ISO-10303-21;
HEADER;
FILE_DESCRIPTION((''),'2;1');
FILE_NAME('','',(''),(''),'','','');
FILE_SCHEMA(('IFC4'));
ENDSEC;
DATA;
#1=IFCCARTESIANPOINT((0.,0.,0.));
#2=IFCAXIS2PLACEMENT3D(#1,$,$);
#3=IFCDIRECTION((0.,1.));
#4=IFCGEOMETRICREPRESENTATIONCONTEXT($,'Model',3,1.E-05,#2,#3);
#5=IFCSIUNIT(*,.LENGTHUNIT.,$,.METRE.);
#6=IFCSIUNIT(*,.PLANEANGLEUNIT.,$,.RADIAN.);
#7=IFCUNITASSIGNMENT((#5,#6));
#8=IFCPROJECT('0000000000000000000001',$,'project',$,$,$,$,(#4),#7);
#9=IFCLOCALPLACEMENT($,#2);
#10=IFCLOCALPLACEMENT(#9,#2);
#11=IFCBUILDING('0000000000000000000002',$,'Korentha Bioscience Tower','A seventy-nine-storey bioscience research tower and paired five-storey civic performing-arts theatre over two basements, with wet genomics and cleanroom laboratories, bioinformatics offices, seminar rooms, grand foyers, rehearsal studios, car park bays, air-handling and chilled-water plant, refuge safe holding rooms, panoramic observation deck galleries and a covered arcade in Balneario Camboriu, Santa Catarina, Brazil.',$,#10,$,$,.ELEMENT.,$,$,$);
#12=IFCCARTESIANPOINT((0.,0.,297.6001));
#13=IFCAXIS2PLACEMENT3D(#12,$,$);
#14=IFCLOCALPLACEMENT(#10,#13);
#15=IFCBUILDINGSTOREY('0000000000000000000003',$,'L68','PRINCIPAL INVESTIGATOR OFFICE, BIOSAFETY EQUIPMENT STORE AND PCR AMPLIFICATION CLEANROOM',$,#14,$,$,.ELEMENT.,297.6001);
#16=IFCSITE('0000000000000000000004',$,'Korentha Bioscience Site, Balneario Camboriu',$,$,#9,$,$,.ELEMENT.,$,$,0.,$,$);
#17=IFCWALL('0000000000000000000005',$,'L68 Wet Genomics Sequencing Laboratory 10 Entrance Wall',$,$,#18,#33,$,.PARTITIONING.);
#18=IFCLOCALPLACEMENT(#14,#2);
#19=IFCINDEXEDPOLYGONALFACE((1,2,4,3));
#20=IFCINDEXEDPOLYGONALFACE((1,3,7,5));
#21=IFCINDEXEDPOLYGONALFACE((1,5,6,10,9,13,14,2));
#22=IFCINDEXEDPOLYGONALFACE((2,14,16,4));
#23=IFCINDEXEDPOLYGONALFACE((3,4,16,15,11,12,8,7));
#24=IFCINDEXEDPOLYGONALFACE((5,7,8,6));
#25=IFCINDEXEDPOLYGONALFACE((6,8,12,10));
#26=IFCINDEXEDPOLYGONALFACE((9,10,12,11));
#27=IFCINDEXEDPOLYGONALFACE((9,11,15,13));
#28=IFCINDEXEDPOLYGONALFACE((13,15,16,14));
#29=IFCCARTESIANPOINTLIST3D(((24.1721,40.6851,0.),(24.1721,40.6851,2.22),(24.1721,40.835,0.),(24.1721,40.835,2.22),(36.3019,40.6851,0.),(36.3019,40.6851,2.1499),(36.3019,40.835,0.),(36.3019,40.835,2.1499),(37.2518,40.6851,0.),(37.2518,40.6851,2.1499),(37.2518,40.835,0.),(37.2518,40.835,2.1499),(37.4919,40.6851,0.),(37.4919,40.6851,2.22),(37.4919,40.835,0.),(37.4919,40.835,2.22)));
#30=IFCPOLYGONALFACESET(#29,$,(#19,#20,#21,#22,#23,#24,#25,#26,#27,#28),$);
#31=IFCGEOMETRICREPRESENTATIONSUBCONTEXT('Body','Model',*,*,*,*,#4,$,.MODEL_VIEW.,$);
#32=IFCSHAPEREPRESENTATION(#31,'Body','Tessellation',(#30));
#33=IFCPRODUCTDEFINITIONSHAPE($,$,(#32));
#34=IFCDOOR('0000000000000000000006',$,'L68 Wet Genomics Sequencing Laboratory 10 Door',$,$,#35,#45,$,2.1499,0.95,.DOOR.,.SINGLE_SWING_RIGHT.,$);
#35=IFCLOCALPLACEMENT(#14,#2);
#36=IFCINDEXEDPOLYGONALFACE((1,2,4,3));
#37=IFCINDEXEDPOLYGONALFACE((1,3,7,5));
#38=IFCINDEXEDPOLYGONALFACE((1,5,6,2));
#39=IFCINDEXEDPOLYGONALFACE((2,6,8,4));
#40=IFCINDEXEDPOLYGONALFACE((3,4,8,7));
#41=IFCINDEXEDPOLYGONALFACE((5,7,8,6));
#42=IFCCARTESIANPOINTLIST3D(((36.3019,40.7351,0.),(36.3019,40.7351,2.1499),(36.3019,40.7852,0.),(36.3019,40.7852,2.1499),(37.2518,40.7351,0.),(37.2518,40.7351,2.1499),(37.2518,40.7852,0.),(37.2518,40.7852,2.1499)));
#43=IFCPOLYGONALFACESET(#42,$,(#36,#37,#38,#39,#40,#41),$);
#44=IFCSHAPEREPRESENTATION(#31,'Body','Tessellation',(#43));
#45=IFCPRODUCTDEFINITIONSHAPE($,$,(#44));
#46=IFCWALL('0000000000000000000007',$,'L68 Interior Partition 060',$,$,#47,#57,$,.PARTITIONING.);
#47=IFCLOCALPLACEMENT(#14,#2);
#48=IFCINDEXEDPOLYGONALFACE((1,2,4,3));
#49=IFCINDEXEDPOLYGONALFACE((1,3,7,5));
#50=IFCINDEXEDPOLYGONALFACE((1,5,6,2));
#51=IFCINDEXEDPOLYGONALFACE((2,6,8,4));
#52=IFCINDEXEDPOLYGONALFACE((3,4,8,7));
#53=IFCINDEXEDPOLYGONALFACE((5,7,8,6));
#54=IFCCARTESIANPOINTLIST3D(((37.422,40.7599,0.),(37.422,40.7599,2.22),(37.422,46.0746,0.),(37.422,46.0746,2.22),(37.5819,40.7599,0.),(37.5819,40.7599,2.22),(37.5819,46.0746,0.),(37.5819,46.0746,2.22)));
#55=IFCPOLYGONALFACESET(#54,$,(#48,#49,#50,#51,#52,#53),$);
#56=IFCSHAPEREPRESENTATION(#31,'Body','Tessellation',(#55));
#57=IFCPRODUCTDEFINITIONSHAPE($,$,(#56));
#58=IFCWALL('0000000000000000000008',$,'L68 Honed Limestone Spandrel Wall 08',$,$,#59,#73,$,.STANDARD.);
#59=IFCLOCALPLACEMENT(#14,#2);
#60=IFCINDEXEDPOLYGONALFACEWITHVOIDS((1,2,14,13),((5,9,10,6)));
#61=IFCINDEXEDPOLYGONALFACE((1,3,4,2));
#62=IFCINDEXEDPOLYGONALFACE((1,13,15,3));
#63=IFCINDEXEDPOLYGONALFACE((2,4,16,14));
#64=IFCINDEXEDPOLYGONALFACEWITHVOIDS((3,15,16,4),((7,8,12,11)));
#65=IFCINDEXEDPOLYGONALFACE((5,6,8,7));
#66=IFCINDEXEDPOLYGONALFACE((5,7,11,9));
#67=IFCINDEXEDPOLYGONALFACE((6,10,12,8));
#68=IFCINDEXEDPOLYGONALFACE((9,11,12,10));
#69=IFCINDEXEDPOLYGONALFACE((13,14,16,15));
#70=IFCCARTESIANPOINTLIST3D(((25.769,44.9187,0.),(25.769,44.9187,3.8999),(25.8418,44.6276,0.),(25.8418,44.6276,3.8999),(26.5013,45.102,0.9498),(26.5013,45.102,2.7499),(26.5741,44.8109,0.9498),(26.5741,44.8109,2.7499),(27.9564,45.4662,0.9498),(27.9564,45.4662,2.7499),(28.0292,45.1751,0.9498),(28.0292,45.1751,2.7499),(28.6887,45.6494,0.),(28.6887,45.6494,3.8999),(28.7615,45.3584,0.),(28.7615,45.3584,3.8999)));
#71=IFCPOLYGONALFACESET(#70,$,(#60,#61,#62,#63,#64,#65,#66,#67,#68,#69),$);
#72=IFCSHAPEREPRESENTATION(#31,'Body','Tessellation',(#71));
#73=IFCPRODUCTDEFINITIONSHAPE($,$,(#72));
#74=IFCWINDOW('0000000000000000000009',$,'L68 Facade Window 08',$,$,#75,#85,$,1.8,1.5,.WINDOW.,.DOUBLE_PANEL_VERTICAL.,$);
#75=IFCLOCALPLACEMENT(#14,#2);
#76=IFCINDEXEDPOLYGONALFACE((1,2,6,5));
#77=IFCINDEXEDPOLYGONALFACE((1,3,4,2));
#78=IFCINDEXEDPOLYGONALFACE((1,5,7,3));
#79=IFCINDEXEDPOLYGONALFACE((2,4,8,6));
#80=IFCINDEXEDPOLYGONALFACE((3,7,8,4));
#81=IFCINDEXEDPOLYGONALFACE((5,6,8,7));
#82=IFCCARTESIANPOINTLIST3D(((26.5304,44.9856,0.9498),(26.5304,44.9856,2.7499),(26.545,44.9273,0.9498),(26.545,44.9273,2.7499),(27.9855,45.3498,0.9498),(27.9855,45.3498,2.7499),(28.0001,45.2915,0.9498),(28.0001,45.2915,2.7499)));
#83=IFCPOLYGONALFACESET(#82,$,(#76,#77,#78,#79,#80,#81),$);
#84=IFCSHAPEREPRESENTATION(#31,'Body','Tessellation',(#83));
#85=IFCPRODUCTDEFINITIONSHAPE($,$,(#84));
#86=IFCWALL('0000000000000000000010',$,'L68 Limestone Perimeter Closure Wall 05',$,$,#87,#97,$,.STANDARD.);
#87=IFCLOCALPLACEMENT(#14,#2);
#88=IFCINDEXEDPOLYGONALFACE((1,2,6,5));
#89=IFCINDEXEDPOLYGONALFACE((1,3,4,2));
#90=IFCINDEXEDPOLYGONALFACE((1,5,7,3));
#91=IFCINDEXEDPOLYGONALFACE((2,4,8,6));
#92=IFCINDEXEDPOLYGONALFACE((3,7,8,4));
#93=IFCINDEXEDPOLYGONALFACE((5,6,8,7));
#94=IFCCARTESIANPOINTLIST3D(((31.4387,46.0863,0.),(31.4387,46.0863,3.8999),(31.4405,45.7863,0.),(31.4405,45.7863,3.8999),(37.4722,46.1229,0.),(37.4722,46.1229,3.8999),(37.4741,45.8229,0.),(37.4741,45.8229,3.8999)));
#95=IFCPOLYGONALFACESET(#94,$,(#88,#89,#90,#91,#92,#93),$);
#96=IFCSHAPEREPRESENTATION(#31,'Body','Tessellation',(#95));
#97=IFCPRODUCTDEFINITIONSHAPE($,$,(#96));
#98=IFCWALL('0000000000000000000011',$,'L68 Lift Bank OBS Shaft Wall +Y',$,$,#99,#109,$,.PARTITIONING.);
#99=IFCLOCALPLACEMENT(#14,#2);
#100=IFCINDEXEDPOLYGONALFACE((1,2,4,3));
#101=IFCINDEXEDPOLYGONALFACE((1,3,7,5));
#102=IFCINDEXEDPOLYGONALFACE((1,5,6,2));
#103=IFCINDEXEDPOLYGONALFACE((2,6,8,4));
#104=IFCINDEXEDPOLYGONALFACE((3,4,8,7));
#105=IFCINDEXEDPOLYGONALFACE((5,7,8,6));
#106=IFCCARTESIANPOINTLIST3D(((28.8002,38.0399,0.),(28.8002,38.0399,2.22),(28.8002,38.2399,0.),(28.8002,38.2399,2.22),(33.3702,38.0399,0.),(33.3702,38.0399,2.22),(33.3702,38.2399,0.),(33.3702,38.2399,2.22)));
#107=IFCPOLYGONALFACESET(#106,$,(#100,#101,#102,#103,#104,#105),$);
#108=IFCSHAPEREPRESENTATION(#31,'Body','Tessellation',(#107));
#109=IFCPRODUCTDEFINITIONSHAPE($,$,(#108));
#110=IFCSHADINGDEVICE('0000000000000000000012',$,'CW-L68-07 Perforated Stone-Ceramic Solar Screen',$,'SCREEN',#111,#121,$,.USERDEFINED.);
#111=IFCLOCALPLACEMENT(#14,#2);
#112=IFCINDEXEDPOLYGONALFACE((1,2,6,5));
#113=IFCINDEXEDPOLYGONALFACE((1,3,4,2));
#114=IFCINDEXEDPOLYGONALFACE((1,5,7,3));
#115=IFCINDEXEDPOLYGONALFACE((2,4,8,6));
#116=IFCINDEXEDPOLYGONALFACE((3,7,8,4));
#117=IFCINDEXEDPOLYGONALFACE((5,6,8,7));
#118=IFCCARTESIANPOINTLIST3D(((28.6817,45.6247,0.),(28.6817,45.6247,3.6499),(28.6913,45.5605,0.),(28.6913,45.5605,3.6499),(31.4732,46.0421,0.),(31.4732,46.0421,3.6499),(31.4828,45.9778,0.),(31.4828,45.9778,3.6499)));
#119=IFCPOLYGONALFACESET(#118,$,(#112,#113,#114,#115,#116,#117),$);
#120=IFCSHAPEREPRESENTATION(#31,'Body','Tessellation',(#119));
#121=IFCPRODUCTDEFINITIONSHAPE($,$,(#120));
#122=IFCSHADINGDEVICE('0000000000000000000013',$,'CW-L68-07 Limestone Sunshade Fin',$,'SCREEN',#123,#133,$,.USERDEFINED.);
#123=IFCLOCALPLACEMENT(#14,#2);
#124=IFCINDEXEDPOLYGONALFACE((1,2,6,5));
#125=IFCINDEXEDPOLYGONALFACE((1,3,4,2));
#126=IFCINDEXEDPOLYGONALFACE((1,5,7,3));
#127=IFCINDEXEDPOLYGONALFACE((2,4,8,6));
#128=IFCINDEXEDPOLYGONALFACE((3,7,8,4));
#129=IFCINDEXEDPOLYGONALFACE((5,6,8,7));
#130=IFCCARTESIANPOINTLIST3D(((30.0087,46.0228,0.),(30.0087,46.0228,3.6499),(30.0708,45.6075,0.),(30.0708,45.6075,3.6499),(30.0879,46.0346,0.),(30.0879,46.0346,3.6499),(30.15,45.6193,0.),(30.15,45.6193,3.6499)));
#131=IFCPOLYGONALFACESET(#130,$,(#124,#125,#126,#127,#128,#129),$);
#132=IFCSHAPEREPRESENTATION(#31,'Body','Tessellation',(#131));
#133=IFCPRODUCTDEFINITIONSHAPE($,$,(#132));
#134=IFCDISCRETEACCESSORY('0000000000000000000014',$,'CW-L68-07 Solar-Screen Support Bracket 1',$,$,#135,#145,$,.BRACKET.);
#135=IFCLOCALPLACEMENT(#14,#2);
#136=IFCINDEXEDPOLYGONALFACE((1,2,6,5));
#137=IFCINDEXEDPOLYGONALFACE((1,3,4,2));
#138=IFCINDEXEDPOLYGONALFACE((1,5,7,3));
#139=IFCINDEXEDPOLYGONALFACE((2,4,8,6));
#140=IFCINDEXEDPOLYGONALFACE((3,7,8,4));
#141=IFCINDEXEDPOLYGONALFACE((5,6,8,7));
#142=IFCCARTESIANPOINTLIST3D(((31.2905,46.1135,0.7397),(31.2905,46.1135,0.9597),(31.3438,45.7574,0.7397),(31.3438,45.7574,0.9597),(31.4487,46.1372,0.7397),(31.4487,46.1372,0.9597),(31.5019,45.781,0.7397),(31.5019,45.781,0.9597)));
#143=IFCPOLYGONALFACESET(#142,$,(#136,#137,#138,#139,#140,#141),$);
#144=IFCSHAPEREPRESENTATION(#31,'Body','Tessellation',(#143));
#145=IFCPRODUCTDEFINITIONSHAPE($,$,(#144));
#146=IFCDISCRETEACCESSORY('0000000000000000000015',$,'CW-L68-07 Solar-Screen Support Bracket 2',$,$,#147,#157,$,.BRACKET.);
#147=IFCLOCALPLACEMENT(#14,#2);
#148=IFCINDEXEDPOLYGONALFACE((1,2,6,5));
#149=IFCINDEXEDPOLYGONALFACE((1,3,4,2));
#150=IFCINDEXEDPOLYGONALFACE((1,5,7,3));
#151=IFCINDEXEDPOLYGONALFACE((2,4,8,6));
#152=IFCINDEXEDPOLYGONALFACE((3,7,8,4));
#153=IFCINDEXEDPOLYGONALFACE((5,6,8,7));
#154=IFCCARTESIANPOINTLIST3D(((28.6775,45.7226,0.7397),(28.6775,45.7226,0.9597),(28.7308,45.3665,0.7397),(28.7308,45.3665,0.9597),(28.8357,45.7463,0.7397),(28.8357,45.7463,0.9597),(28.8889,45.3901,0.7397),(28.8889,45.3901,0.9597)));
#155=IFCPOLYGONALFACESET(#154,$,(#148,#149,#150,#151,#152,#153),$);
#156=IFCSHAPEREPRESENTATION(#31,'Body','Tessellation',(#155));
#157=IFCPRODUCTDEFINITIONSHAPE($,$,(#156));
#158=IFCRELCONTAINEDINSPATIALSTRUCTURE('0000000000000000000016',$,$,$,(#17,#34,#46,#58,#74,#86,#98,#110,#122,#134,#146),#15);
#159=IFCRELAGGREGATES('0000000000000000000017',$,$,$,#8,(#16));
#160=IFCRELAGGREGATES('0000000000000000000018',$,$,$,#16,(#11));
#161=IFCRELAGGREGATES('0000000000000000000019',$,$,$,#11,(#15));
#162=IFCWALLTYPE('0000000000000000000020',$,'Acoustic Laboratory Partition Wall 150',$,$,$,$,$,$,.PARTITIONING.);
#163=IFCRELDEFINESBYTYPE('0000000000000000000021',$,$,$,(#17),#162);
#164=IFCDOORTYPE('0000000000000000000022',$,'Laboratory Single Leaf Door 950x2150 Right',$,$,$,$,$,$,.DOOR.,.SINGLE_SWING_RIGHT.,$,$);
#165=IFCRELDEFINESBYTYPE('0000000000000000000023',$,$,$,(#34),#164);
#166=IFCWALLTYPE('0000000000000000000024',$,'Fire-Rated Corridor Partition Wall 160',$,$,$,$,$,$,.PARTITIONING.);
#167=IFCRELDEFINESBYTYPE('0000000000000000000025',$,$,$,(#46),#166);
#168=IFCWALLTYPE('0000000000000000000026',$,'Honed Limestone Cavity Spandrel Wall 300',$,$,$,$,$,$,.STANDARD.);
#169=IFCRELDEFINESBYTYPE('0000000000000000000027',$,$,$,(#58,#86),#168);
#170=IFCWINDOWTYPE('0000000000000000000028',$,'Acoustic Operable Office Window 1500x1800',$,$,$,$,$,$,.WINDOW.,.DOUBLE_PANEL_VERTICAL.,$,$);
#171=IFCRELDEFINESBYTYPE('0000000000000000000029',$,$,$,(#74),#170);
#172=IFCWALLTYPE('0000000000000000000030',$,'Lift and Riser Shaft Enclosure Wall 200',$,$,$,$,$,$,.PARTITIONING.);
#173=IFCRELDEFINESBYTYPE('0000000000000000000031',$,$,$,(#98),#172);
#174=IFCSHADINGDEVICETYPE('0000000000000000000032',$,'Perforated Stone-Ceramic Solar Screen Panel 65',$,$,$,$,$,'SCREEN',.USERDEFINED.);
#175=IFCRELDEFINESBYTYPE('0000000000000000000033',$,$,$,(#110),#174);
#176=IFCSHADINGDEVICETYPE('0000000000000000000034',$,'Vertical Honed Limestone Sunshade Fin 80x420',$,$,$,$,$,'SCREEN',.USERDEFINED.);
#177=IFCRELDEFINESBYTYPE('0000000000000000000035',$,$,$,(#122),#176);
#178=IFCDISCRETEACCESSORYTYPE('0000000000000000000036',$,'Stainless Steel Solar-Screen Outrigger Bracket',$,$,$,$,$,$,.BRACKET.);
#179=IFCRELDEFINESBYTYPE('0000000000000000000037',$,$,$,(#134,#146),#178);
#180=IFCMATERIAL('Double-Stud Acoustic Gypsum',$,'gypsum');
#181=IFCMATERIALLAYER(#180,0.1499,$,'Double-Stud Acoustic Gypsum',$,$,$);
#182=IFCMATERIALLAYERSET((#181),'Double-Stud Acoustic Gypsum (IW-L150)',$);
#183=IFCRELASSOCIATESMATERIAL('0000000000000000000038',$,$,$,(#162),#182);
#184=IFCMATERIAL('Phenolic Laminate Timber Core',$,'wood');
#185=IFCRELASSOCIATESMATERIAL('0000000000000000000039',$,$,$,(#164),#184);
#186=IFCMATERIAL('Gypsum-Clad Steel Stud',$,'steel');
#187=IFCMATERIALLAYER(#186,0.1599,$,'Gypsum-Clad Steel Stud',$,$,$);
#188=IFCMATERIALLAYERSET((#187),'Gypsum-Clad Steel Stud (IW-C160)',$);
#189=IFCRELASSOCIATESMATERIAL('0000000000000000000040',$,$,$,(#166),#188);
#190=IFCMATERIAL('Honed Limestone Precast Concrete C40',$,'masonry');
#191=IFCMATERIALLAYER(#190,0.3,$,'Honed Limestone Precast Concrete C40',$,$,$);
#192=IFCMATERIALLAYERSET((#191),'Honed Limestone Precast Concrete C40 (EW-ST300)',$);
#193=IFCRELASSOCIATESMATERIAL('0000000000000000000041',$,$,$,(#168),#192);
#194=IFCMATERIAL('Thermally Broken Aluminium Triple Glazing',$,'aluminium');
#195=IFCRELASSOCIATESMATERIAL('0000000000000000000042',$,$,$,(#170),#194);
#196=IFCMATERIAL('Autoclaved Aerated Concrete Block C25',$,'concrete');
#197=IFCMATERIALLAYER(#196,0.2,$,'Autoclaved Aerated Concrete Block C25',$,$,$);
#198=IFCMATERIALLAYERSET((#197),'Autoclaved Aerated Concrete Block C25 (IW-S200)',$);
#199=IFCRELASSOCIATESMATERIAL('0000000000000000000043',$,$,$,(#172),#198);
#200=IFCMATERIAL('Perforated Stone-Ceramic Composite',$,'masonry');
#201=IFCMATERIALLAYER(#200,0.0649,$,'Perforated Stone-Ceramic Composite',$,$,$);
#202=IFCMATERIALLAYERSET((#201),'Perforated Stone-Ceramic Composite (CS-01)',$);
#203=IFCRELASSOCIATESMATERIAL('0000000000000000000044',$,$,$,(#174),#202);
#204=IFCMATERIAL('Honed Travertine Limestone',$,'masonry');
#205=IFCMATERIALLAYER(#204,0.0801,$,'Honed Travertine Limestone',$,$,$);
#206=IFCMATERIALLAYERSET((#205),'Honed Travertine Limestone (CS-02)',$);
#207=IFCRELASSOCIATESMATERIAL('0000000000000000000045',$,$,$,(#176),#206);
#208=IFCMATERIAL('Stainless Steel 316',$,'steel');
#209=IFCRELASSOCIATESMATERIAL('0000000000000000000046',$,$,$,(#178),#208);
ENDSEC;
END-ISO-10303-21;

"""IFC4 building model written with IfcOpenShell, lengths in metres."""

from ifc_helpers import new_model, si_unit, direction, frame, frame_2d, origin, origin_2d, place, context, subcontext, project, spatial, rectangle, extrude, material, layer, layer_set, type_object, element, fill, save


model = new_model("IFC4")

# Units and contexts
model_context = context("Model", 3, precision=1e-05, world=origin(), true_north=direction((0.0, 1.0)))
body_context = subcontext(model_context, "Body", "Model", "MODEL_VIEW")
ifc_project = project(units=[si_unit("LENGTHUNIT", "METRE"), si_unit("PLANEANGLEUNIT", "RADIAN")], contexts=[model_context])

# Site, building, storey
site_placement = place(None, origin())
site = spatial("IfcSite", under=ifc_project, at=site_placement, Name="Korentha Bioscience Site, Balneario Camboriu", CompositionType="ELEMENT", RefElevation=0.0)
building_placement = place(site_placement, origin())
building = spatial("IfcBuilding", under=site, at=building_placement, Name="Korentha Bioscience Tower", Description="A seventy-nine-storey bioscience research tower and paired five-storey civic performing-arts theatre over two basements, with wet genomics and cleanroom laboratories, bioinformatics offices, seminar rooms, grand foyers, rehearsal studios, car park bays, air-handling and chilled-water plant, refuge safe holding rooms, panoramic observation deck galleries and a covered arcade in Balneario Camboriu, Santa Catarina, Brazil.", CompositionType="ELEMENT")
storey_placement = place(building_placement, frame((0.0, 0.0, 297.6001)))
storey = spatial("IfcBuildingStorey", under=building, at=storey_placement, Name="L68", Description="PRINCIPAL INVESTIGATOR OFFICE, BIOSAFETY EQUIPMENT STORE AND PCR AMPLIFICATION CLEANROOM", CompositionType="ELEMENT", Elevation=297.6001)

# Wall, opening, door
ifc_material_1 = material(Name="Double-Stud Acoustic Gypsum", Category="gypsum")
ifc_layer_1 = layer(ifc_material_1, 0.1499, Name="Double-Stud Acoustic Gypsum")
ifc_layer_set_1 = layer_set([ifc_layer_1], Name="Double-Stud Acoustic Gypsum (IW-L150)")
wall_type_1 = type_object("IfcWallType", Name="Acoustic Laboratory Partition Wall 150", PredefinedType="PARTITIONING", material=ifc_layer_set_1)
wall_1_placement = place(storey_placement, frame((37.4919, 40.76, 0.0), z_axis=(0.0, 0.0, 1.0), x_axis=(-1.0, 0.0, 0.0)))
wall_1 = element("IfcWall", 1, at=wall_1_placement, inside=storey, type_object=wall_type_1, Name="L68 Wet Genomics Sequencing Laboratory 10 Entrance Wall", PredefinedType="PARTITIONING", context=body_context, shape_type="SweptSolid", body=[
    extrude(rectangle(XDim=13.3198, YDim=0.1499, at=frame_2d((6.6599, 0.0))), origin(), (0.0, 0.0, 1.0), 2.22),
])
opening_1_placement = place(wall_1_placement, frame((0.24, 0.0, 0.0)))
opening_1 = element("IfcOpeningElement", 2, at=opening_1_placement, cuts=wall_1, PredefinedType="OPENING", context=body_context, shape_type="SweptSolid", body=[
    extrude(rectangle(XDim=0.95, YDim=2.1499, at=frame_2d((0.4751, 1.075))), frame((0.0, 0.0898, 0.0), z_axis=(0.0, -1.0, 0.0), x_axis=(1.0, 0.0, 0.0)), (0.0, 0.0, 1.0), 0.1797),
])
ifc_material_2 = material(Name="Phenolic Laminate Timber Core", Category="wood")
door_type = type_object("IfcDoorType", Name="Laboratory Single Leaf Door 950x2150 Right", OperationType="SINGLE_SWING_RIGHT", PredefinedType="DOOR", material=ifc_material_2)
door_placement = place(opening_1_placement, origin())
door = element("IfcDoor", 3, at=door_placement, inside=storey, type_object=door_type, Name="L68 Wet Genomics Sequencing Laboratory 10 Door", OperationType="SINGLE_SWING_RIGHT", OverallHeight=2.1499, OverallWidth=0.95, PredefinedType="DOOR", context=body_context, shape_type="SweptSolid", body=[
    extrude(rectangle(XDim=0.95, YDim=2.1499, at=frame_2d((0.4751, 1.075))), frame((0.0, 0.0249, 0.0), z_axis=(0.0, -1.0, 0.0), x_axis=(1.0, 0.0, 0.0)), (0.0, 0.0, 1.0), 0.05),
])
fill(opening_1, door)

# Wall
ifc_material_3 = material(Name="Gypsum-Clad Steel Stud", Category="steel")
ifc_layer_2 = layer(ifc_material_3, 0.1599, Name="Gypsum-Clad Steel Stud")
ifc_layer_set_2 = layer_set([ifc_layer_2], Name="Gypsum-Clad Steel Stud (IW-C160)")
wall_type_2 = type_object("IfcWallType", Name="Fire-Rated Corridor Partition Wall 160", PredefinedType="PARTITIONING", material=ifc_layer_set_2)
wall_2_placement = place(storey_placement, frame((37.502, 40.76, 0.0), z_axis=(0.0, 0.0, 1.0), x_axis=(0.0, 1.0, 0.0)))
element("IfcWall", 4, at=wall_2_placement, inside=storey, type_object=wall_type_2, Name="L68 Interior Partition 060", PredefinedType="PARTITIONING", context=body_context, shape_type="SweptSolid", body=[
    extrude(rectangle(XDim=5.3147, YDim=0.1599, at=frame_2d((2.6572, 0.0))), origin(), (0.0, 0.0, 1.0), 2.22),
])

# Wall, opening, window
ifc_material_4 = material(Name="Honed Limestone Precast Concrete C40", Category="masonry")
ifc_layer_3 = layer(ifc_material_4, 0.3, Name="Honed Limestone Precast Concrete C40")
ifc_layer_set_3 = layer_set([ifc_layer_3], Name="Honed Limestone Precast Concrete C40 (EW-ST300)")
wall_type_3 = type_object("IfcWallType", Name="Honed Limestone Cavity Spandrel Wall 300", PredefinedType="STANDARD", material=ifc_layer_set_3)
wall_3_placement = place(storey_placement, frame((28.7251, 45.5039, 0.0), z_axis=(0.0, 0.0, 1.0), x_axis=(-0.97008, -0.242784, 0.0)))
wall_3 = element("IfcWall", 5, at=wall_3_placement, inside=storey, type_object=wall_type_3, Name="L68 Honed Limestone Spandrel Wall 08", PredefinedType="STANDARD", context=body_context, shape_type="SweptSolid", body=[
    extrude(rectangle(XDim=3.0098, YDim=0.3, at=frame_2d((1.5049, 0.0))), origin(), (0.0, 0.0, 1.0), 3.8999),
])
opening_2_placement = place(wall_3_placement, frame((0.7549, 0.0, 0.95)))
opening_2 = element("IfcOpeningElement", 6, at=opening_2_placement, cuts=wall_3, PredefinedType="OPENING", context=body_context, shape_type="SweptSolid", body=[
    extrude(rectangle(XDim=1.5, YDim=1.8, at=frame_2d((0.75, 0.8999))), frame((0.0, 0.165, 0.0), z_axis=(0.0, -1.0, 0.0), x_axis=(1.0, 0.0, 0.0)), (0.0, 0.0, 1.0), 0.3298),
])
ifc_material_5 = material(Name="Thermally Broken Aluminium Triple Glazing", Category="aluminium")
window_type = type_object("IfcWindowType", Name="Acoustic Operable Office Window 1500x1800", PartitioningType="DOUBLE_PANEL_VERTICAL", PredefinedType="WINDOW", material=ifc_material_5)
window_placement = place(opening_2_placement, origin())
window = element("IfcWindow", 7, at=window_placement, inside=storey, type_object=window_type, Name="L68 Facade Window 08", OverallHeight=1.8, OverallWidth=1.5, PartitioningType="DOUBLE_PANEL_VERTICAL", PredefinedType="WINDOW", context=body_context, shape_type="SweptSolid", body=[
    extrude(rectangle(XDim=1.5, YDim=1.8, at=frame_2d((0.75, 0.8999))), frame((0.0, 0.03, 0.0), z_axis=(0.0, -1.0, 0.0), x_axis=(1.0, 0.0, 0.0)), (0.0, 0.0, 1.0), 0.0601),
])
fill(opening_2, window)

# Walls
wall_4_placement = place(storey_placement, frame((37.4731, 45.9729, 0.0), z_axis=(0.0, 0.0, 1.0), x_axis=(-0.999982, -0.006069, 0.0)))
element("IfcWall", 8, at=wall_4_placement, inside=storey, type_object=wall_type_3, Name="L68 Limestone Perimeter Closure Wall 05", PredefinedType="STANDARD", context=body_context, shape_type="SweptSolid", body=[
    extrude(rectangle(XDim=6.0337, YDim=0.3, at=frame_2d((3.0168, 0.0))), origin(), (0.0, 0.0, 1.0), 3.8999),
])
ifc_material_6 = material(Name="Autoclaved Aerated Concrete Block C25", Category="concrete")
ifc_layer_4 = layer(ifc_material_6, 0.2, Name="Autoclaved Aerated Concrete Block C25")
ifc_layer_set_4 = layer_set([ifc_layer_4], Name="Autoclaved Aerated Concrete Block C25 (IW-S200)")
wall_type_4 = type_object("IfcWallType", Name="Lift and Riser Shaft Enclosure Wall 200", PredefinedType="PARTITIONING", material=ifc_layer_set_4)
wall_5_placement = place(storey_placement, frame((28.8, 38.1399, 0.0), z_axis=(0.0, 0.0, 1.0), x_axis=(1.0, 0.0, 0.0)))
element("IfcWall", 9, at=wall_5_placement, inside=storey, type_object=wall_type_4, Name="L68 Lift Bank OBS Shaft Wall +Y", PredefinedType="PARTITIONING", context=body_context, shape_type="SweptSolid", body=[
    extrude(rectangle(XDim=4.5701, YDim=0.2, at=frame_2d((2.2852, 0.0))), origin(), (0.0, 0.0, 1.0), 2.22),
])

# Shading devices
ifc_material_7 = material(Name="Perforated Stone-Ceramic Composite", Category="masonry")
ifc_layer_5 = layer(ifc_material_7, 0.0649, Name="Perforated Stone-Ceramic Composite")
ifc_layer_set_5 = layer_set([ifc_layer_5], Name="Perforated Stone-Ceramic Composite (CS-01)")
shading_device_type_1 = type_object("IfcShadingDeviceType", Name="Perforated Stone-Ceramic Solar Screen Panel 65", ElementType="SCREEN", PredefinedType="USERDEFINED", material=ifc_layer_set_5)
shading_device_1_placement = place(storey_placement, frame((30.0823, 45.8013, 0.0), z_axis=(0.0, 0.0, 1.0), x_axis=(-0.989007, -0.147871, 0.0)))
element("IfcShadingDevice", 10, at=shading_device_1_placement, inside=storey, type_object=shading_device_type_1, Name="CW-L68-07 Perforated Stone-Ceramic Solar Screen", ObjectType="SCREEN", PredefinedType="USERDEFINED", context=body_context, shape_type="SweptSolid", body=[
    extrude(rectangle(XDim=2.8225, YDim=0.0649, at=origin_2d()), origin(), (0.0, 0.0, 1.0), 3.6499),
])
ifc_material_8 = material(Name="Honed Travertine Limestone", Category="masonry")
ifc_layer_6 = layer(ifc_material_8, 0.0801, Name="Honed Travertine Limestone")
ifc_layer_set_6 = layer_set([ifc_layer_6], Name="Honed Travertine Limestone (CS-02)")
shading_device_type_2 = type_object("IfcShadingDeviceType", Name="Vertical Honed Limestone Sunshade Fin 80x420", ElementType="SCREEN", PredefinedType="USERDEFINED", material=ifc_layer_set_6)
shading_device_2_placement = place(storey_placement, frame((30.0793, 45.821, 0.0), z_axis=(0.0, 0.0, 1.0), x_axis=(-0.989007, -0.147871, 0.0)))
element("IfcShadingDevice", 11, at=shading_device_2_placement, inside=storey, type_object=shading_device_type_2, Name="CW-L68-07 Limestone Sunshade Fin", ObjectType="SCREEN", PredefinedType="USERDEFINED", context=body_context, shape_type="SweptSolid", body=[
    extrude(rectangle(XDim=0.0801, YDim=0.4199, at=origin_2d()), origin(), (0.0, 0.0, 1.0), 3.6499),
])

# Discrete accessories
ifc_material_9 = material(Name="Stainless Steel 316", Category="steel")
discrete_accessory_type = type_object("IfcDiscreteAccessoryType", Name="Stainless Steel Solar-Screen Outrigger Bracket", PredefinedType="BRACKET", material=ifc_material_9)
for number, where, z_axis, x_axis, name in (
    (12, (31.3962, 45.9473, 0.7397), (0.0, 0.0, 1.0), (-0.989007, -0.147871, 0.0), "CW-L68-07 Solar-Screen Support Bracket 1"),
    (13, (28.7832, 45.5564, 0.7397), (0.0, 0.0, 1.0), (-0.989007, -0.147871, 0.0), "CW-L68-07 Solar-Screen Support Bracket 2"),
):
    element("IfcDiscreteAccessory", number, at=place(storey_placement, frame(where, z_axis=z_axis, x_axis=x_axis)), inside=storey, type_object=discrete_accessory_type, Name=name, PredefinedType="BRACKET", context=body_context, shape_type="SweptSolid", body=[
        extrude(rectangle(XDim=0.1599, YDim=0.3601, at=origin_2d()), origin(), (0.0, 0.0, 1.0), 0.22),
    ])

save(model, "model.ifc")
